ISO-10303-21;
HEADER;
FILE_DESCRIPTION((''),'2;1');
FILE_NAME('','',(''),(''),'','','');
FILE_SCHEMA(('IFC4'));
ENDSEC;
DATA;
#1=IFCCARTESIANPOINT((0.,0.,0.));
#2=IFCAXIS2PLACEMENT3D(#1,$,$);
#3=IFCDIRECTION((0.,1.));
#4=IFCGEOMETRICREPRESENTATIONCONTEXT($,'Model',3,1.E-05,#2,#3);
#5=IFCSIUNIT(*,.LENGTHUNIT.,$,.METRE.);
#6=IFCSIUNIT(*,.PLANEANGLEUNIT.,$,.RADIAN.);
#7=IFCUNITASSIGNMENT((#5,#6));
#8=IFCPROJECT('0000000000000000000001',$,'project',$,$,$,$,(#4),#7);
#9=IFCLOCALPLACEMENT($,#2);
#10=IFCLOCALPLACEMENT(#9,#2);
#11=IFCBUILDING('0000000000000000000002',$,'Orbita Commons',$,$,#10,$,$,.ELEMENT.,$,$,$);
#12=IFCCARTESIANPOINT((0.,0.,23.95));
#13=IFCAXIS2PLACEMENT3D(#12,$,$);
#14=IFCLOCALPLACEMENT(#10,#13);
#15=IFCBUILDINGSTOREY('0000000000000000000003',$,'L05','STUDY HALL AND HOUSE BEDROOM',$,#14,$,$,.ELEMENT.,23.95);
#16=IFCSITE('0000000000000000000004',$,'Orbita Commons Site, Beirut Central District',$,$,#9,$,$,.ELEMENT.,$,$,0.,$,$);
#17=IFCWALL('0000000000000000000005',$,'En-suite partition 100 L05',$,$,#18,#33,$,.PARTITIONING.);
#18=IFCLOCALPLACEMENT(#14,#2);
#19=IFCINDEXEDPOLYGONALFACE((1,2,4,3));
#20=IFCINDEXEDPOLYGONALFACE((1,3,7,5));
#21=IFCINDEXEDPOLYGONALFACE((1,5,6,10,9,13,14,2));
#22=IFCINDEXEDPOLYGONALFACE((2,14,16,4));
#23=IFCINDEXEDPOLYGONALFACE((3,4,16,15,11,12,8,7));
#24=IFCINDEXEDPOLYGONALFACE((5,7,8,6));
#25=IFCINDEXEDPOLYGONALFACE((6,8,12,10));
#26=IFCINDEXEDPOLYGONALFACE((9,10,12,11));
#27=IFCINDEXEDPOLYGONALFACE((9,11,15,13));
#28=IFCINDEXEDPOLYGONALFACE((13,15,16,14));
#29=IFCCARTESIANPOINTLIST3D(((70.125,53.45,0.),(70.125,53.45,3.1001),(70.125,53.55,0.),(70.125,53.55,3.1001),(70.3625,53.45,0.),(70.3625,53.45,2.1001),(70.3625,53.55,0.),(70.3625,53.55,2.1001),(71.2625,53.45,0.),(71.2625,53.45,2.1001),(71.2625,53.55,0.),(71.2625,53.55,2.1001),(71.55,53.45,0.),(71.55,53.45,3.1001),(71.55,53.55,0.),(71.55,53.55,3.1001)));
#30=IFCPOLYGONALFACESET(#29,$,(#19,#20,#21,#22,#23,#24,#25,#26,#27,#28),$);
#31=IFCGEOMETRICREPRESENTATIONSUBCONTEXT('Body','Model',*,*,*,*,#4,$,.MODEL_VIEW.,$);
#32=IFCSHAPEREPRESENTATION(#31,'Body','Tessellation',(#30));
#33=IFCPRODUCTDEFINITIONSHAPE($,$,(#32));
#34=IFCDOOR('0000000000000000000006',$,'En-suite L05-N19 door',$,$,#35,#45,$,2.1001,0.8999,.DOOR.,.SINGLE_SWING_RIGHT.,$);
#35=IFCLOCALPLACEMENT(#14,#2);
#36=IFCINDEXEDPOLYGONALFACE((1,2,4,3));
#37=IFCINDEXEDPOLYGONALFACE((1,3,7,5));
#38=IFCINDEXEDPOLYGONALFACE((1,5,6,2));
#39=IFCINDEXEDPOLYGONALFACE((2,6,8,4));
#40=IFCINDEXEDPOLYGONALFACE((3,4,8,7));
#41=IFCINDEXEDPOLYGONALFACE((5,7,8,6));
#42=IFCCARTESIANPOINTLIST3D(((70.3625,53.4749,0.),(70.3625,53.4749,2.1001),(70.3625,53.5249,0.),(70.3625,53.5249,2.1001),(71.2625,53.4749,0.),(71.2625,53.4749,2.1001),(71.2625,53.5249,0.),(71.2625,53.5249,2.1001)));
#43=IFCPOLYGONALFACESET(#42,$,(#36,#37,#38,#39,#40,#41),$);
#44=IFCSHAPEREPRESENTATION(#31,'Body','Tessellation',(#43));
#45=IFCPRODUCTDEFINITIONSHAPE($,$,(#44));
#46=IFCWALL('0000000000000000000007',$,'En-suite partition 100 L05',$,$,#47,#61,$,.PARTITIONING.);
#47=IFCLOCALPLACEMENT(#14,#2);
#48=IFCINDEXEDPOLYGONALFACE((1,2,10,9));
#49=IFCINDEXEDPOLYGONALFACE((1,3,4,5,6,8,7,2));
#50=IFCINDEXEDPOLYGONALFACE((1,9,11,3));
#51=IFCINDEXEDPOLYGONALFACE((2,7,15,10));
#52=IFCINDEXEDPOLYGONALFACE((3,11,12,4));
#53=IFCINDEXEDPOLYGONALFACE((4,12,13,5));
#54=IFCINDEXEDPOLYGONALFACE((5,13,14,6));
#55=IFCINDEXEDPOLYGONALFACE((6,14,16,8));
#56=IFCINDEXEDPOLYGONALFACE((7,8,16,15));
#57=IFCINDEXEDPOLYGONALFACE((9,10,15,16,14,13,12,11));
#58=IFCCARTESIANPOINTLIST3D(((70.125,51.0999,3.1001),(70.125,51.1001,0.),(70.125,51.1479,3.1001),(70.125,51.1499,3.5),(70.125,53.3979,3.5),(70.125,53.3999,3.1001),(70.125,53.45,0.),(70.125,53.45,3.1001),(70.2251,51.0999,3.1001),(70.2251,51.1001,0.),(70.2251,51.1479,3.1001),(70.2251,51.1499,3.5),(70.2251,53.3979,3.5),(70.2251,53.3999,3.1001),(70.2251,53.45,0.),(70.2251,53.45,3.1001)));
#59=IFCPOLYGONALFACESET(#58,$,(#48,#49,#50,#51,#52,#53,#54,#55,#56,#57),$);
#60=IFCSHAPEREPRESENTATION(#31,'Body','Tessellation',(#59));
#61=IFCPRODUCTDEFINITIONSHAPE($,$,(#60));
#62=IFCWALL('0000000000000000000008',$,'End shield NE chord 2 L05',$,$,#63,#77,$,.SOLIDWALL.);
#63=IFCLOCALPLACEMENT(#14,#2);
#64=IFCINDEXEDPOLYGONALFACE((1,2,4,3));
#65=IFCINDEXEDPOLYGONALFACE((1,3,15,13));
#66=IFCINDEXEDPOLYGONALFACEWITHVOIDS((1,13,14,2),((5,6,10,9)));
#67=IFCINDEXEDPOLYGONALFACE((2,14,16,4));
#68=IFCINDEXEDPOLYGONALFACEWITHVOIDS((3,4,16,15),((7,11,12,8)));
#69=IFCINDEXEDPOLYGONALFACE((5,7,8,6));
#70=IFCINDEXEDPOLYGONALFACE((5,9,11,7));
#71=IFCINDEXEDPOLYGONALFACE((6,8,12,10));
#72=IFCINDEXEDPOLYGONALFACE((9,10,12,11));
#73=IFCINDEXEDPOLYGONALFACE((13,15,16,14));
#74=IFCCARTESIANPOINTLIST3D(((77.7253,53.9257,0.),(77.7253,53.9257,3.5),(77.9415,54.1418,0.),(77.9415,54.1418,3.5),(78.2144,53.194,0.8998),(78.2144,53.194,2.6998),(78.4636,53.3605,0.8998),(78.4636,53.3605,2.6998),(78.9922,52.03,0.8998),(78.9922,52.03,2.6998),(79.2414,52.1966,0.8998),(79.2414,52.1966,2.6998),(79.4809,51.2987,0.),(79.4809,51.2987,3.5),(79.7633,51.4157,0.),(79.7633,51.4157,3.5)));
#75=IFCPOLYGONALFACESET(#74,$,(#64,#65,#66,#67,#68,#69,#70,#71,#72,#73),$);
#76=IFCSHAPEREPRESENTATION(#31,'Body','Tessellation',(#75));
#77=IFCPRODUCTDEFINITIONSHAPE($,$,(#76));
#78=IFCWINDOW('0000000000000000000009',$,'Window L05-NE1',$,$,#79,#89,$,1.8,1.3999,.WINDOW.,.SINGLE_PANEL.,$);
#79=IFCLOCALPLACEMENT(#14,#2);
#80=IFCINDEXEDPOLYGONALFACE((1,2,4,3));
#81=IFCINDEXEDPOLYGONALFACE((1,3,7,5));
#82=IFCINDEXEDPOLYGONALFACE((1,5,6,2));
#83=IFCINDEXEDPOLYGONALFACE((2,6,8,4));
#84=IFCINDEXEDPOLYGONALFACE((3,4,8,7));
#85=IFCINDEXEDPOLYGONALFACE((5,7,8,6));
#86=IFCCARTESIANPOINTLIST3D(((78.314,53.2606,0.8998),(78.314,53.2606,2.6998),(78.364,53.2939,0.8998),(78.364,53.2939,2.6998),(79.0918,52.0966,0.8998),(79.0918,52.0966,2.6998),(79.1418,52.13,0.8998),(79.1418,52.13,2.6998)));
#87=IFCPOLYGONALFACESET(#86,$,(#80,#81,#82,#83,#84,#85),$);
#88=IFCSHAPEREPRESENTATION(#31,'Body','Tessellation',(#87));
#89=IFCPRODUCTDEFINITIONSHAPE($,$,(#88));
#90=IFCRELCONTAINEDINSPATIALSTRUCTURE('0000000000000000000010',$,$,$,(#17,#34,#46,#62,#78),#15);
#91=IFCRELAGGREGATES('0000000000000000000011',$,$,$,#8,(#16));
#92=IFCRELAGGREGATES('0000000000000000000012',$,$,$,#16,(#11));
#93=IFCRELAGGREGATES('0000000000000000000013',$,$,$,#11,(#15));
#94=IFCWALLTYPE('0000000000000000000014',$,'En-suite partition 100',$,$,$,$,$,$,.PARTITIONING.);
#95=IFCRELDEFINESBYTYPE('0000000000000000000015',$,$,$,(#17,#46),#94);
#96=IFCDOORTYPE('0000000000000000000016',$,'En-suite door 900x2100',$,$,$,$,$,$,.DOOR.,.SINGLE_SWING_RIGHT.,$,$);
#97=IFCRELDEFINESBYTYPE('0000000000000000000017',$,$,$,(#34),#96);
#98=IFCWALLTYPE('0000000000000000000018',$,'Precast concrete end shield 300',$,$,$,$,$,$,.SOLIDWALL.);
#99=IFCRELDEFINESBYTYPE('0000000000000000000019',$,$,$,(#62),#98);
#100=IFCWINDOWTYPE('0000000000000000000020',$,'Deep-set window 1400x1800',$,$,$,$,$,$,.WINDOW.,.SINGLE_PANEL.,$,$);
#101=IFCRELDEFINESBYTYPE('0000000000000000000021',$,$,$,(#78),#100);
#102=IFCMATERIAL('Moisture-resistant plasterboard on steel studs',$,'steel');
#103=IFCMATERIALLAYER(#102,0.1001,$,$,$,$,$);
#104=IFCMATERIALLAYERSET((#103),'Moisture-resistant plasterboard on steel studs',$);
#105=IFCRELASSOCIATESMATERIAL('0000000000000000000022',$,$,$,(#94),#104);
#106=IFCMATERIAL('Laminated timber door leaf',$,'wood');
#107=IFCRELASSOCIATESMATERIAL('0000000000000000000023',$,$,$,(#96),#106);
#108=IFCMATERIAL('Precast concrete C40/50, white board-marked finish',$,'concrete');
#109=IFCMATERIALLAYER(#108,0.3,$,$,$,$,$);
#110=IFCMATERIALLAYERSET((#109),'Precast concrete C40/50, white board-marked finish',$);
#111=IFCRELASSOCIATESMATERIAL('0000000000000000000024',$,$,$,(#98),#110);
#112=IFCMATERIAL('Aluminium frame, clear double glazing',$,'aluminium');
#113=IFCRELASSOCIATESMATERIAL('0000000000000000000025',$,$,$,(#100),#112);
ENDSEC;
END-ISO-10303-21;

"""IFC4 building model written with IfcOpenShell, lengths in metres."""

from ifc_helpers import new_model, si_unit, direction, frame, frame_2d, origin, place, context, subcontext, project, spatial, polyline, rectangle, outline, extrude, material, layer, layer_set, type_object, element, fill, save


model = new_model("IFC4")

# Units and contexts
model_context = context("Model", 3, precision=1e-05, world=origin(), true_north=direction((0.0, 1.0)))
body_context = subcontext(model_context, "Body", "Model", "MODEL_VIEW")
ifc_project = project(units=[si_unit("LENGTHUNIT", "METRE"), si_unit("PLANEANGLEUNIT", "RADIAN")], contexts=[model_context])

# Site, building, storey
site_placement = place(None, origin())
site = spatial("IfcSite", under=ifc_project, at=site_placement, Name="Orbita Commons Site, Beirut Central District", CompositionType="ELEMENT", RefElevation=0.0)
building_placement = place(site_placement, origin())
building = spatial("IfcBuilding", under=site, at=building_placement, Name="Orbita Commons", CompositionType="ELEMENT")
storey_placement = place(building_placement, frame((0.0, 0.0, 23.95)))
storey = spatial("IfcBuildingStorey", under=building, at=storey_placement, Name="L05", Description="STUDY HALL AND HOUSE BEDROOM", CompositionType="ELEMENT", Elevation=23.95)

# Shared definitions
ifc_material_1 = material(Name="Moisture-resistant plasterboard on steel studs", Category="steel")
ifc_layer_1 = layer(ifc_material_1, 0.1001)
ifc_layer_set_1 = layer_set([ifc_layer_1], Name="Moisture-resistant plasterboard on steel studs")
wall_type_1 = type_object("IfcWallType", Name="En-suite partition 100", PredefinedType="PARTITIONING", material=ifc_layer_set_1)
ifc_material_2 = material(Name="Laminated timber door leaf", Category="wood")
door_type_1 = type_object("IfcDoorType", Name="En-suite door 900x2100", OperationType="SINGLE_SWING_RIGHT", PredefinedType="DOOR", material=ifc_material_2)

# Wall, opening, door
wall_1_placement = place(storey_placement, frame((70.125, 53.5, 0.0), z_axis=(0.0, 0.0, 1.0), x_axis=(1.0, 0.0, 0.0)))
wall_1 = element("IfcWall", 1, at=wall_1_placement, inside=storey, type_object=wall_type_1, Name="En-suite partition 100 L05", PredefinedType="PARTITIONING", context=body_context, shape_type="SweptSolid", body=[
    extrude(outline(polyline([(0.0, 0.0), (1.425, 0.0), (1.425, 3.1001), (0.0, 3.1001), (0.0, 0.0)])), frame((0.0, 0.05, 0.0), z_axis=(0.0, -1.0, 0.0), x_axis=(1.0, 0.0, 0.0)), (0.0, 0.0, 1.0), 0.1001),
])
opening_1_placement = place(wall_1_placement, frame((0.2375, 0.0, 0.0)))
opening_1 = element("IfcOpeningElement", 2, at=opening_1_placement, cuts=wall_1, PredefinedType="OPENING", context=body_context, shape_type="SweptSolid", body=[
    extrude(rectangle(XDim=0.8999, YDim=2.1001, at=frame_2d((0.45, 1.05))), frame((0.0, 0.0601, 0.0), z_axis=(0.0, -1.0, 0.0), x_axis=(1.0, 0.0, 0.0)), (0.0, 0.0, 1.0), 0.1201),
])
door_1_placement = place(opening_1_placement, origin())
door_1 = element("IfcDoor", 3, at=door_1_placement, inside=storey, type_object=door_type_1, Name="En-suite L05-N19 door", OperationType="SINGLE_SWING_RIGHT", OverallHeight=2.1001, OverallWidth=0.8999, PredefinedType="DOOR", context=body_context, shape_type="SweptSolid", body=[
    extrude(rectangle(XDim=0.8999, YDim=2.1001, at=frame_2d((0.45, 1.05))), frame((0.0, 0.0249, 0.0), z_axis=(0.0, -1.0, 0.0), x_axis=(1.0, 0.0, 0.0)), (0.0, 0.0, 1.0), 0.05),
])
fill(opening_1, door_1)

# Wall
wall_2_placement = place(storey_placement, frame((70.175, 53.45, 0.0), z_axis=(0.0, 0.0, 1.0), x_axis=(0.0, -1.0, 0.0)))
element("IfcWall", 4, at=wall_2_placement, inside=storey, type_object=wall_type_1, Name="En-suite partition 100 L05", PredefinedType="PARTITIONING", context=body_context, shape_type="SweptSolid", body=[
    extrude(outline(polyline([(0.0, 0.0), (2.3499, 0.0), (2.3501, 3.1001), (2.302, 3.1001), (2.3, 3.5), (0.052, 3.5), (0.05, 3.1001), (0.0, 3.1001), (0.0, 0.0)])), frame((0.0, 0.05, 0.0), z_axis=(0.0, -1.0, 0.0), x_axis=(1.0, 0.0, 0.0)), (0.0, 0.0, 1.0), 0.1001),
])

# Wall, opening, window
ifc_material_3 = material(Name="Precast concrete C40/50, white board-marked finish", Category="concrete")
ifc_layer_2 = layer(ifc_material_3, 0.3)
ifc_layer_set_2 = layer_set([ifc_layer_2], Name="Precast concrete C40/50, white board-marked finish")
wall_type_2 = type_object("IfcWallType", Name="Precast concrete end shield 300", PredefinedType="SOLIDWALL", material=ifc_layer_set_2)
wall_3_placement = place(storey_placement, frame((79.6221, 51.3572, 0.0), z_axis=(0.0, 0.0, 1.0), x_axis=(-0.55561, 0.831443, 0.0)))
wall_3 = element("IfcWall", 5, at=wall_3_placement, inside=storey, type_object=wall_type_2, Name="End shield NE chord 2 L05", PredefinedType="SOLIDWALL", context=body_context, shape_type="SweptSolid", body=[
    extrude(outline(polyline([(-0.0298, -0.1499), (3.249, -0.1499), (3.1895, 0.1499), (0.0298, 0.1499), (-0.0298, -0.1499)])), origin(), (0.0, 0.0, 1.0), 3.5),
])
opening_2_placement = place(wall_3_placement, frame((0.9094, 0.0, 0.8999)))
opening_2 = element("IfcOpeningElement", 6, at=opening_2_placement, cuts=wall_3, PredefinedType="OPENING", context=body_context, shape_type="SweptSolid", body=[
    extrude(rectangle(XDim=1.3999, YDim=1.8, at=frame_2d((0.7, 0.8999))), frame((0.0, 0.1599, 0.0), z_axis=(0.0, -1.0, 0.0), x_axis=(1.0, 0.0, 0.0)), (0.0, 0.0, 1.0), 0.3201),
])
ifc_material_4 = material(Name="Aluminium frame, clear double glazing", Category="aluminium")
window_type = type_object("IfcWindowType", Name="Deep-set window 1400x1800", PartitioningType="SINGLE_PANEL", PredefinedType="WINDOW", material=ifc_material_4)
window_placement = place(opening_2_placement, origin())
window = element("IfcWindow", 7, at=window_placement, inside=storey, type_object=window_type, Name="Window L05-NE1", OverallHeight=1.8, OverallWidth=1.3999, PartitioningType="SINGLE_PANEL", PredefinedType="WINDOW", context=body_context, shape_type="SweptSolid", body=[
    extrude(rectangle(XDim=1.3999, YDim=1.8, at=frame_2d((0.7, 0.8999))), frame((0.0, 0.03, 0.0), z_axis=(0.0, -1.0, 0.0), x_axis=(1.0, 0.0, 0.0)), (0.0, 0.0, 1.0), 0.0601),
])
fill(opening_2, window)

save(model, "model.ifc")
